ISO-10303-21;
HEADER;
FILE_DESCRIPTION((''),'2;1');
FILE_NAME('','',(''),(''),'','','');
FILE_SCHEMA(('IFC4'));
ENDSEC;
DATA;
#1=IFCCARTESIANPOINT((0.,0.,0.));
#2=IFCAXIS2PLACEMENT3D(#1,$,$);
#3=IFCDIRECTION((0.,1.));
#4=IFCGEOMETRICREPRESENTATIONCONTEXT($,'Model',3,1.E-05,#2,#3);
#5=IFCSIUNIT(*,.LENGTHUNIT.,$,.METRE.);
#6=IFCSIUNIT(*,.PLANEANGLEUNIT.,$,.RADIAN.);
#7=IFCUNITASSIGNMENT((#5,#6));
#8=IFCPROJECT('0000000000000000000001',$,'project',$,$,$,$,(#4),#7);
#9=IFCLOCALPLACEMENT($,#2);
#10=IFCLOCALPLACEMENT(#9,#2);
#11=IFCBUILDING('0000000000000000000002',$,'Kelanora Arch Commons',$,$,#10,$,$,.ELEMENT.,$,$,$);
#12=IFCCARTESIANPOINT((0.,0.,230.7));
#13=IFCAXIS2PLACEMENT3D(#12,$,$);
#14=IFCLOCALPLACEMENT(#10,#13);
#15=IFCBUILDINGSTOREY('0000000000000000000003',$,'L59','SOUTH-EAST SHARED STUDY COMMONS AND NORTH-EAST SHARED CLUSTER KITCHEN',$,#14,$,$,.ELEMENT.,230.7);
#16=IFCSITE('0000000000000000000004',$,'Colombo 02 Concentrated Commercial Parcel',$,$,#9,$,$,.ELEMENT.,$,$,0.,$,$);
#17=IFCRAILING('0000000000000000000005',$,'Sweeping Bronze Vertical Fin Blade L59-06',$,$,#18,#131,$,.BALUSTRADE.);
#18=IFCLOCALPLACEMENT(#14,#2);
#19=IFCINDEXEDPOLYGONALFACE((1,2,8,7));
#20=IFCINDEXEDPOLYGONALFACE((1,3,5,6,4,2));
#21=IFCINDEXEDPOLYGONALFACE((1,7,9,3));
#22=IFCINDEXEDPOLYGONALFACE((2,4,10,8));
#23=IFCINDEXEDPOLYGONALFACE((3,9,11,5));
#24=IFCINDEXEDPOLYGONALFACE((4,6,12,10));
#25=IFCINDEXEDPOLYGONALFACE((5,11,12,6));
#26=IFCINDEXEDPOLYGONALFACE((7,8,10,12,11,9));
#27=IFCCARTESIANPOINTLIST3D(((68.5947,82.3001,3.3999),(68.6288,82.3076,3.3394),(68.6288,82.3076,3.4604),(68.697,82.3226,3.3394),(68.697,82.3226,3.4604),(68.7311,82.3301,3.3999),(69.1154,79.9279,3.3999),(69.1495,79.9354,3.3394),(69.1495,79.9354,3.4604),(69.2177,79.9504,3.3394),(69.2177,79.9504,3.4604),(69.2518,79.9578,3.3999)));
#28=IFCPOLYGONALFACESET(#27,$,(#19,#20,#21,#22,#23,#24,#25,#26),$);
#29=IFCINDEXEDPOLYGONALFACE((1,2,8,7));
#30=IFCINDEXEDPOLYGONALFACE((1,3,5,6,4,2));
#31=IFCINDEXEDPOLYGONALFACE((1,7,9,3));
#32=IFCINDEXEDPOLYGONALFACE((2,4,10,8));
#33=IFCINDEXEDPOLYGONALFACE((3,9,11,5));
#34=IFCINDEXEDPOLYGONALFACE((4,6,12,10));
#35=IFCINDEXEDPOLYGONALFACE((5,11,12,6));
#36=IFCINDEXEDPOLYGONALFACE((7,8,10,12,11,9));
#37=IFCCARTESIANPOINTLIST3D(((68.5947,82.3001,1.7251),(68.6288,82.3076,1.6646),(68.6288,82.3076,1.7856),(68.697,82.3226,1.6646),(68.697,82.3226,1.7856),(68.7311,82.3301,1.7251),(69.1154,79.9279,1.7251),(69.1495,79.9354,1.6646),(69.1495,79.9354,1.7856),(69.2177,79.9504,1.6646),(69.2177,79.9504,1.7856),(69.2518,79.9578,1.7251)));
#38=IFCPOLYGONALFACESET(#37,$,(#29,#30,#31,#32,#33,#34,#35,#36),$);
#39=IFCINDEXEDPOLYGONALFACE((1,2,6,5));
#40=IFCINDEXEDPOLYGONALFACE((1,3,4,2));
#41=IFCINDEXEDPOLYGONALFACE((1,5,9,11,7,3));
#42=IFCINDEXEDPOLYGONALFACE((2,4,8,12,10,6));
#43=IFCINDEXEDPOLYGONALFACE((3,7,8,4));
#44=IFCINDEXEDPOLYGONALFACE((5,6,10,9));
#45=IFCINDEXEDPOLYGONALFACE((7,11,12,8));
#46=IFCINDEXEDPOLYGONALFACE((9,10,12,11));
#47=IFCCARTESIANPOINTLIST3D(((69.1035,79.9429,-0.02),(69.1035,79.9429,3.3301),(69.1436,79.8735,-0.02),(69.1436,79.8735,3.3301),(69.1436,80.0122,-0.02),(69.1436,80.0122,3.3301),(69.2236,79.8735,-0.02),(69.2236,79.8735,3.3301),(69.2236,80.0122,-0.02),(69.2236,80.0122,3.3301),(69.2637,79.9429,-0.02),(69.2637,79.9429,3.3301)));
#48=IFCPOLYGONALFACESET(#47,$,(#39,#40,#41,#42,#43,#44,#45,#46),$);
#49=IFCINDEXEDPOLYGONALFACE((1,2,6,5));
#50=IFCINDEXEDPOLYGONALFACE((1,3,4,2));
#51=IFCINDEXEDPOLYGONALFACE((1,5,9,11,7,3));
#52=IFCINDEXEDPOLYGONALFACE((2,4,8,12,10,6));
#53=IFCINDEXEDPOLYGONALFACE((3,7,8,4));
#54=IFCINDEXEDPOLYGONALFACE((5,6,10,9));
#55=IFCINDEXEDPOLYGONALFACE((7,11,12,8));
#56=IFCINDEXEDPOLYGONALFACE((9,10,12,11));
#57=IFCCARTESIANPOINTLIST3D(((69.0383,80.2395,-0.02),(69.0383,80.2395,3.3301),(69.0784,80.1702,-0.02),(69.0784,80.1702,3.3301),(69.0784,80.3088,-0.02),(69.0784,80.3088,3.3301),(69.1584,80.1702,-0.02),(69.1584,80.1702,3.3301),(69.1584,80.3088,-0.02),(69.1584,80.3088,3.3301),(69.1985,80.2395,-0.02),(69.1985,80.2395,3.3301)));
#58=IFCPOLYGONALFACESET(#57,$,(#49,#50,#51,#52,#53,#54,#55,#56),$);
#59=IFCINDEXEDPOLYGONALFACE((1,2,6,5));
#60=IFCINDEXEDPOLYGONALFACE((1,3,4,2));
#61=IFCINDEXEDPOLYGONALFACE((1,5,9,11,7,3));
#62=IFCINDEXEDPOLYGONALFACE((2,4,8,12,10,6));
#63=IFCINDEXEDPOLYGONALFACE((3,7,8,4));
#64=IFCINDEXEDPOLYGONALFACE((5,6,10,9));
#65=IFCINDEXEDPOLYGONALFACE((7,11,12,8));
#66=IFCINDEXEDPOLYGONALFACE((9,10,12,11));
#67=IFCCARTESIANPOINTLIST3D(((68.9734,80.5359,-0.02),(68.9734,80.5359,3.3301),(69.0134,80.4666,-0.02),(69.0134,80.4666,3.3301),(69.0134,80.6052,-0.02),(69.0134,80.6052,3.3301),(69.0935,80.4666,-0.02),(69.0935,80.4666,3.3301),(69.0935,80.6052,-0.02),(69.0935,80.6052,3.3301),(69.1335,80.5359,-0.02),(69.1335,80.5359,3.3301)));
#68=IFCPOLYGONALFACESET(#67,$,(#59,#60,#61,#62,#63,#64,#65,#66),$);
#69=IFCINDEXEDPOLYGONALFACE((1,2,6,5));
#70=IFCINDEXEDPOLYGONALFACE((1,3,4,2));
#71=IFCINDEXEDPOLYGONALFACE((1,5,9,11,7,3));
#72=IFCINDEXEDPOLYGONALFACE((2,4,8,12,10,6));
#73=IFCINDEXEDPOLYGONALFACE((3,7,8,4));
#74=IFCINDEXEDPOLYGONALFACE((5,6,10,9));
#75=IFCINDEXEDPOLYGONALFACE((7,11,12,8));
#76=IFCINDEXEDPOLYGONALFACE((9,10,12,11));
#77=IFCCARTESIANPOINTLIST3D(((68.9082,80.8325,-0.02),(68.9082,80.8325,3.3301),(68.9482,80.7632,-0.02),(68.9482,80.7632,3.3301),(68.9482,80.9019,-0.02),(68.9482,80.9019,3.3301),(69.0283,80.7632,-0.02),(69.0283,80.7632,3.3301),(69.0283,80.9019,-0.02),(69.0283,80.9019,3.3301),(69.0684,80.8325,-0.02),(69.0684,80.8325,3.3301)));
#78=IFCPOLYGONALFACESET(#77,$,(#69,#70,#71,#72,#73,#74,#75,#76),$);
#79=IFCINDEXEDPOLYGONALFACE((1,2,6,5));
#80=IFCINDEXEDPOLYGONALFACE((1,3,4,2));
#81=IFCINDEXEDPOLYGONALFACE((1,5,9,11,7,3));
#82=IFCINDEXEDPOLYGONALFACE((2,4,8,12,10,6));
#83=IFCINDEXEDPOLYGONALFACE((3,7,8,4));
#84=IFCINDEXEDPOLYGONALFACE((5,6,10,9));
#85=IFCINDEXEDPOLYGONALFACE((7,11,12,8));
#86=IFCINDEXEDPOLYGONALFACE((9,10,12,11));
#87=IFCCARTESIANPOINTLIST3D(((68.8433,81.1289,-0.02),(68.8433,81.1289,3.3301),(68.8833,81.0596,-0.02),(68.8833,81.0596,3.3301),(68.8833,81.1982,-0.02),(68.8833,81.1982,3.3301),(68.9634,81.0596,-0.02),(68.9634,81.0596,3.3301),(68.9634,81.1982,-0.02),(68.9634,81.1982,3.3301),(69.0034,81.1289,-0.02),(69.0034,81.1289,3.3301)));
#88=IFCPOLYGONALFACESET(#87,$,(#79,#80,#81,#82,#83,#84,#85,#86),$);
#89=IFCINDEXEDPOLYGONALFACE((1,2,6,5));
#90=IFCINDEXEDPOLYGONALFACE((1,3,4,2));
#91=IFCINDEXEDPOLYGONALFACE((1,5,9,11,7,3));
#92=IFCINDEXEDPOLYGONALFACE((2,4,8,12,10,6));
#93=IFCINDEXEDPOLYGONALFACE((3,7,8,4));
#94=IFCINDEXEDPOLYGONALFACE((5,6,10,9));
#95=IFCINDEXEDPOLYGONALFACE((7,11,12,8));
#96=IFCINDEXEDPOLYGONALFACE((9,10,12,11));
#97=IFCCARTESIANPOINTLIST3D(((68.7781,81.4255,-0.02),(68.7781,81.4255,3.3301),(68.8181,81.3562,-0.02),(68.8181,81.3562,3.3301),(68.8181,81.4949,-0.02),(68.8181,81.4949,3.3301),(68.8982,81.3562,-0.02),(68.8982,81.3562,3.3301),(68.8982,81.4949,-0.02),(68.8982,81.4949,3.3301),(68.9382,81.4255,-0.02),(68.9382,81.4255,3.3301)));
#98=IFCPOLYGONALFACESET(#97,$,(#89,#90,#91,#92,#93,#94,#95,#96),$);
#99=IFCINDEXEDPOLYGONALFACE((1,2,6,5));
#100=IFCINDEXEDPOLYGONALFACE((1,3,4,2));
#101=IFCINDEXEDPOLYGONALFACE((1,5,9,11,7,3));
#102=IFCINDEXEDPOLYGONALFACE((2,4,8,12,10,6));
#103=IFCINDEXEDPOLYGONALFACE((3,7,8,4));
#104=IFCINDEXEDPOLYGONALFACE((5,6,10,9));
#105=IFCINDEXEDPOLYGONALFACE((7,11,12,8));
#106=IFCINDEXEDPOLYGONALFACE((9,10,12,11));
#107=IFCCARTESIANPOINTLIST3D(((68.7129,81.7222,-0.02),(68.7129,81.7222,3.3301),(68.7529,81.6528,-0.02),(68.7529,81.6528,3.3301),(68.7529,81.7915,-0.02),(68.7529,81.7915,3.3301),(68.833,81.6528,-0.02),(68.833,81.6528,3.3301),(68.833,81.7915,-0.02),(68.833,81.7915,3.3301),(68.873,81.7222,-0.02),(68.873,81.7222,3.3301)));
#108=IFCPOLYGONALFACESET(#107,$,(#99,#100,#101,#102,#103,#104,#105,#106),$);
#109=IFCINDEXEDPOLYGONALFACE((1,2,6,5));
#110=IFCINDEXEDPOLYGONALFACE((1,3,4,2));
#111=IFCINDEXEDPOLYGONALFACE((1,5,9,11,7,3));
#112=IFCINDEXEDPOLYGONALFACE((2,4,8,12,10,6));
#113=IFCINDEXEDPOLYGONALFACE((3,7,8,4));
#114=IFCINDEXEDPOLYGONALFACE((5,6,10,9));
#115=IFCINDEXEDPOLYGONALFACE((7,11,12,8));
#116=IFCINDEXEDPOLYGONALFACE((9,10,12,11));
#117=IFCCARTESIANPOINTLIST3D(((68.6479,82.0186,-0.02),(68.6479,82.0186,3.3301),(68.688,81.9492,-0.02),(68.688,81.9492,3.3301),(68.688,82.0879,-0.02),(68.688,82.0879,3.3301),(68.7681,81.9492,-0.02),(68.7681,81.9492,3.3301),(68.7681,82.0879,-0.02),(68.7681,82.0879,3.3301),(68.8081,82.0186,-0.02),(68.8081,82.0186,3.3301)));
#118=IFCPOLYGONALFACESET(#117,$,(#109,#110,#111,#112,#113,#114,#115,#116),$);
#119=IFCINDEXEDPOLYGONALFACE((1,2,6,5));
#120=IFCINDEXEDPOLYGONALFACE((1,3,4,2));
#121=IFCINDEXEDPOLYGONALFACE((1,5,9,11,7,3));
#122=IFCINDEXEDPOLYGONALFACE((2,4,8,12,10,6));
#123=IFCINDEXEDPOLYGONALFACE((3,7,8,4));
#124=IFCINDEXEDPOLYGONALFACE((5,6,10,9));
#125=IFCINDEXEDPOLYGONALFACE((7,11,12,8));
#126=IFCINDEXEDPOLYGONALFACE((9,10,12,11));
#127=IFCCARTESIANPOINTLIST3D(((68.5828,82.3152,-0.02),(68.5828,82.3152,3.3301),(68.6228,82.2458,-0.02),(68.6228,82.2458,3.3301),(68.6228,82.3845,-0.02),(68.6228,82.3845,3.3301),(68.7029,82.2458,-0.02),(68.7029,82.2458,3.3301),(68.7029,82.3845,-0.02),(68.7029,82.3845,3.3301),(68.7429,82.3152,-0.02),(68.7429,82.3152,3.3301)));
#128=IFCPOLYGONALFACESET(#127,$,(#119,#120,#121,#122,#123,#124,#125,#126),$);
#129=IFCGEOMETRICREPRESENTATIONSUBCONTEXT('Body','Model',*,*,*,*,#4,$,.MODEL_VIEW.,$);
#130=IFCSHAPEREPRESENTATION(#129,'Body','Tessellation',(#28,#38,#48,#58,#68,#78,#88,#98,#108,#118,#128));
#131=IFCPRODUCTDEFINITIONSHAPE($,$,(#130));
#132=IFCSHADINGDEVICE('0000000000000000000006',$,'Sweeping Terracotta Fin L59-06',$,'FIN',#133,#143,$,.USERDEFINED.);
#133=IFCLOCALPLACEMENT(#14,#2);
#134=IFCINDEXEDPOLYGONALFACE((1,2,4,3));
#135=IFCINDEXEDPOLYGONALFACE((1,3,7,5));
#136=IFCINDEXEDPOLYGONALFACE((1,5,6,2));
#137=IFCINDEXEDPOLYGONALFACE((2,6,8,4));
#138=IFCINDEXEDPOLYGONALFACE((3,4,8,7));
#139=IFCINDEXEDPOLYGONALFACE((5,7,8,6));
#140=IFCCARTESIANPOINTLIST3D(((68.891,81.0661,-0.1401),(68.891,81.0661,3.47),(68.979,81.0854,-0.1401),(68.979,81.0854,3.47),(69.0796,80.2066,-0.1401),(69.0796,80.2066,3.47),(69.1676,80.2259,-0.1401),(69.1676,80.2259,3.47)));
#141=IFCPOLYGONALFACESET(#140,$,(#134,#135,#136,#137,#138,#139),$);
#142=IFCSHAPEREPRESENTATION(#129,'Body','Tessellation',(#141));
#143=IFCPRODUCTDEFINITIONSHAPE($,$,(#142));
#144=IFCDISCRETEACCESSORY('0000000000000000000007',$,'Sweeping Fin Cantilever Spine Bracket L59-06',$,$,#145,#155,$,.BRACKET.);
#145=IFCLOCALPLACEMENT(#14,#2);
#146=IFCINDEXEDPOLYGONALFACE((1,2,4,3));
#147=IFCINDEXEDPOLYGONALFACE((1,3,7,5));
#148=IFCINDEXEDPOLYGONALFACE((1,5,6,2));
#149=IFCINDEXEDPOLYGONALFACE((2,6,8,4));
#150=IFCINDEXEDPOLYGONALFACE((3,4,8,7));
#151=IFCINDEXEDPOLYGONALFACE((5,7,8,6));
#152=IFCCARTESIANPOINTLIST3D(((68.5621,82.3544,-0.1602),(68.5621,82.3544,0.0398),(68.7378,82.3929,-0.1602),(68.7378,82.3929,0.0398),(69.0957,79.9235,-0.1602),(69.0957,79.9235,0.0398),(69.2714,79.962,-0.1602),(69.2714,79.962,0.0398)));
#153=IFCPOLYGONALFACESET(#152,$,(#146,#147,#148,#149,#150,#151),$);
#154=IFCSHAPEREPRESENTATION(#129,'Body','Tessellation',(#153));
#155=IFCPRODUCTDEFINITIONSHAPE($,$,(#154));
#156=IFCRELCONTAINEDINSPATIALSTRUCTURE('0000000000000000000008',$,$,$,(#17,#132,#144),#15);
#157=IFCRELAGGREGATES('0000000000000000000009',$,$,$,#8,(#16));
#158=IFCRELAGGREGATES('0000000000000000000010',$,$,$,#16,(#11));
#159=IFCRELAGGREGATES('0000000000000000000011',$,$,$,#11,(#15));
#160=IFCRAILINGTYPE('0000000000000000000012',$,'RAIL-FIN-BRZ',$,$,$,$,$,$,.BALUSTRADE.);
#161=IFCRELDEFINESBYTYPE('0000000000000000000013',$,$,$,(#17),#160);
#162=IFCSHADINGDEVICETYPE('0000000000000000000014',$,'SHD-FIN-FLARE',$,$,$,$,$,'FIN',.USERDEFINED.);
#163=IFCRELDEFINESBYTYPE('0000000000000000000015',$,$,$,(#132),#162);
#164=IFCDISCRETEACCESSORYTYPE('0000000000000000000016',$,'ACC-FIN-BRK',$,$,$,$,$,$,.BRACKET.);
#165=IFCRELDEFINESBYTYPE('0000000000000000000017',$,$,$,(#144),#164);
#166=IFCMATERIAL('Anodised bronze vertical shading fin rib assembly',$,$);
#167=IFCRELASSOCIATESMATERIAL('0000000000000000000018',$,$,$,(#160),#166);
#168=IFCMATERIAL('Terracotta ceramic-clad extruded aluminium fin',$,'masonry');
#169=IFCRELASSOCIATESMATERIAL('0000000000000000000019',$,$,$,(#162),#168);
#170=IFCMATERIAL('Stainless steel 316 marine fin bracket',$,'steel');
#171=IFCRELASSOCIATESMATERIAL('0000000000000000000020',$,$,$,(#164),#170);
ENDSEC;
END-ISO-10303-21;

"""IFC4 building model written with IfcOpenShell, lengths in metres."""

from ifc_helpers import new_model, si_unit, direction, frame, origin, origin_2d, place, context, subcontext, project, spatial, polyline, rectangle, outline, extrude, source, transform, mapped, material, type_object, element, save


model = new_model("IFC4")

# Units and contexts
model_context = context("Model", 3, precision=1e-05, world=origin(), true_north=direction((0.0, 1.0)))
body_context = subcontext(model_context, "Body", "Model", "MODEL_VIEW")
ifc_project = project(units=[si_unit("LENGTHUNIT", "METRE"), si_unit("PLANEANGLEUNIT", "RADIAN")], contexts=[model_context])

# Site, building, storey
site_placement = place(None, origin())
site = spatial("IfcSite", under=ifc_project, at=site_placement, Name="Colombo 02 Concentrated Commercial Parcel", CompositionType="ELEMENT", RefElevation=0.0)
building_placement = place(site_placement, origin())
building = spatial("IfcBuilding", under=site, at=building_placement, Name="Kelanora Arch Commons", CompositionType="ELEMENT")
storey_placement = place(building_placement, frame((0.0, 0.0, 230.7)))
storey = spatial("IfcBuildingStorey", under=building, at=storey_placement, Name="L59", Description="SOUTH-EAST SHARED STUDY COMMONS AND NORTH-EAST SHARED CLUSTER KITCHEN", CompositionType="ELEMENT", Elevation=230.7)

# Railing
ifc_material_1 = material(Name="Anodised bronze vertical shading fin rib assembly")
railing_type = type_object("IfcRailingType", Name="RAIL-FIN-BRZ", PredefinedType="BALUSTRADE", material=ifc_material_1)
railing_placement = place(storey_placement, frame((69.1836, 79.9429, -0.02)))
element("IfcRailing", 1, at=railing_placement, inside=storey, type_object=railing_type, Name="Sweeping Bronze Vertical Fin Blade L59-06", PredefinedType="BALUSTRADE", context=body_context, shape_type="SweptSolid", body=[
    extrude(outline(polyline([(0.0698, 0.0), (0.0349, 0.0605), (-0.0349, 0.0605), (-0.0698, 0.0), (-0.0349, -0.0605), (0.0349, -0.0605), (0.0698, 0.0)])), frame((0.0, 0.0, 3.4199), z_axis=(-0.214407, 0.976744, 0.0), x_axis=(-0.976744, -0.214407, 0.0)), (0.0, 0.0, 1.0), 2.4287),
    extrude(outline(polyline([(0.0698, 0.0), (0.0349, 0.0605), (-0.0349, 0.0605), (-0.0698, 0.0), (-0.0349, -0.0605), (0.0349, -0.0605), (0.0698, 0.0)])), frame((0.0, 0.0, 1.7451), z_axis=(-0.214407, 0.976744, 0.0), x_axis=(-0.976744, -0.214407, 0.0)), (0.0, 0.0, 1.0), 2.4287),
    extrude(outline(polyline([(0.0801, 0.0), (0.04, 0.0693), (-0.04, 0.0693), (-0.0801, 0.0), (-0.04, -0.0693), (0.04, -0.0693), (0.0801, 0.0)])), origin(), (0.0, 0.0, 1.0), 3.3501),
    extrude(outline(polyline([(0.0801, 0.0), (0.04, 0.0693), (-0.04, 0.0693), (-0.0801, 0.0), (-0.04, -0.0693), (0.04, -0.0693), (0.0801, 0.0)])), frame((-0.0652, 0.2966, 0.0)), (0.0, 0.0, 1.0), 3.3501),
    extrude(outline(polyline([(0.0801, 0.0), (0.04, 0.0693), (-0.04, 0.0693), (-0.0801, 0.0), (-0.04, -0.0693), (0.04, -0.0693), (0.0801, 0.0)])), frame((-0.1301, 0.593, 0.0)), (0.0, 0.0, 1.0), 3.3501),
    extrude(outline(polyline([(0.0801, 0.0), (0.04, 0.0693), (-0.04, 0.0693), (-0.0801, 0.0), (-0.04, -0.0693), (0.04, -0.0693), (0.0801, 0.0)])), frame((-0.1953, 0.8896, 0.0)), (0.0, 0.0, 1.0), 3.3501),
    extrude(outline(polyline([(0.0801, 0.0), (0.04, 0.0693), (-0.04, 0.0693), (-0.0801, 0.0), (-0.04, -0.0693), (0.04, -0.0693), (0.0801, 0.0)])), frame((-0.2603, 1.186, 0.0)), (0.0, 0.0, 1.0), 3.3501),
    extrude(outline(polyline([(0.0801, 0.0), (0.04, 0.0693), (-0.04, 0.0693), (-0.0801, 0.0), (-0.04, -0.0693), (0.04, -0.0693), (0.0801, 0.0)])), frame((-0.3254, 1.4827, 0.0)), (0.0, 0.0, 1.0), 3.3501),
    extrude(outline(polyline([(0.0801, 0.0), (0.04, 0.0693), (-0.04, 0.0693), (-0.0801, 0.0), (-0.04, -0.0693), (0.04, -0.0693), (0.0801, 0.0)])), frame((-0.3906, 1.7793, 0.0)), (0.0, 0.0, 1.0), 3.3501),
    extrude(outline(polyline([(0.0801, 0.0), (0.04, 0.0693), (-0.04, 0.0693), (-0.0801, 0.0), (-0.04, -0.0693), (0.04, -0.0693), (0.0801, 0.0)])), frame((-0.4556, 2.0757, 0.0)), (0.0, 0.0, 1.0), 3.3501),
    extrude(outline(polyline([(0.0801, 0.0), (0.04, 0.0693), (-0.04, 0.0693), (-0.0801, 0.0), (-0.04, -0.0693), (0.04, -0.0693), (0.0801, 0.0)])), frame((-0.5208, 2.3723, 0.0)), (0.0, 0.0, 1.0), 3.3501),
])

# Shading device
ifc_material_2 = material(Name="Terracotta ceramic-clad extruded aluminium fin", Category="masonry")
shading_device_type = type_object("IfcShadingDeviceType", Name="SHD-FIN-FLARE", ElementType="FIN", PredefinedType="USERDEFINED", material=ifc_material_2)
shared_shape_1 = source(origin(), body_context, "Body", "SweptSolid", [
    extrude(rectangle(XDim=0.8799, YDim=0.0901, at=origin_2d()), origin(), (0.0, 0.0, 1.0), 3.6101),
])
shading_device_placement = place(storey_placement, frame((69.0293, 80.646, -0.1401), z_axis=(0.0, 0.0, 1.0), x_axis=(-0.214394, 0.976747, 0.0)))
element("IfcShadingDevice", 2, at=shading_device_placement, inside=storey, type_object=shading_device_type, Name="Sweeping Terracotta Fin L59-06", ObjectType="FIN", PredefinedType="USERDEFINED", context=body_context, shape_type="MappedRepresentation", body=[
    mapped(shared_shape_1, transform((0.0, 0.0, 0.0), scale=1.0)),
])

# Discrete accessory
ifc_material_3 = material(Name="Stainless steel 316 marine fin bracket", Category="steel")
discrete_accessory_type = type_object("IfcDiscreteAccessoryType", Name="ACC-FIN-BRK", PredefinedType="BRACKET", material=ifc_material_3)
shared_shape_2 = source(origin(), body_context, "Body", "SweptSolid", [
    extrude(rectangle(XDim=2.4888, YDim=0.1799, at=origin_2d()), origin(), (0.0, 0.0, 1.0), 0.2),
])
discrete_accessory_placement = place(storey_placement, frame((68.9167, 81.1582, -0.1602), z_axis=(0.0, 0.0, 1.0), x_axis=(-0.214394, 0.976747, 0.0)))
element("IfcDiscreteAccessory", 3, at=discrete_accessory_placement, inside=storey, type_object=discrete_accessory_type, Name="Sweeping Fin Cantilever Spine Bracket L59-06", PredefinedType="BRACKET", context=body_context, shape_type="MappedRepresentation", body=[
    mapped(shared_shape_2, transform((0.0, 0.0, 0.0), scale=1.0)),
])

save(model, "model.ifc")
